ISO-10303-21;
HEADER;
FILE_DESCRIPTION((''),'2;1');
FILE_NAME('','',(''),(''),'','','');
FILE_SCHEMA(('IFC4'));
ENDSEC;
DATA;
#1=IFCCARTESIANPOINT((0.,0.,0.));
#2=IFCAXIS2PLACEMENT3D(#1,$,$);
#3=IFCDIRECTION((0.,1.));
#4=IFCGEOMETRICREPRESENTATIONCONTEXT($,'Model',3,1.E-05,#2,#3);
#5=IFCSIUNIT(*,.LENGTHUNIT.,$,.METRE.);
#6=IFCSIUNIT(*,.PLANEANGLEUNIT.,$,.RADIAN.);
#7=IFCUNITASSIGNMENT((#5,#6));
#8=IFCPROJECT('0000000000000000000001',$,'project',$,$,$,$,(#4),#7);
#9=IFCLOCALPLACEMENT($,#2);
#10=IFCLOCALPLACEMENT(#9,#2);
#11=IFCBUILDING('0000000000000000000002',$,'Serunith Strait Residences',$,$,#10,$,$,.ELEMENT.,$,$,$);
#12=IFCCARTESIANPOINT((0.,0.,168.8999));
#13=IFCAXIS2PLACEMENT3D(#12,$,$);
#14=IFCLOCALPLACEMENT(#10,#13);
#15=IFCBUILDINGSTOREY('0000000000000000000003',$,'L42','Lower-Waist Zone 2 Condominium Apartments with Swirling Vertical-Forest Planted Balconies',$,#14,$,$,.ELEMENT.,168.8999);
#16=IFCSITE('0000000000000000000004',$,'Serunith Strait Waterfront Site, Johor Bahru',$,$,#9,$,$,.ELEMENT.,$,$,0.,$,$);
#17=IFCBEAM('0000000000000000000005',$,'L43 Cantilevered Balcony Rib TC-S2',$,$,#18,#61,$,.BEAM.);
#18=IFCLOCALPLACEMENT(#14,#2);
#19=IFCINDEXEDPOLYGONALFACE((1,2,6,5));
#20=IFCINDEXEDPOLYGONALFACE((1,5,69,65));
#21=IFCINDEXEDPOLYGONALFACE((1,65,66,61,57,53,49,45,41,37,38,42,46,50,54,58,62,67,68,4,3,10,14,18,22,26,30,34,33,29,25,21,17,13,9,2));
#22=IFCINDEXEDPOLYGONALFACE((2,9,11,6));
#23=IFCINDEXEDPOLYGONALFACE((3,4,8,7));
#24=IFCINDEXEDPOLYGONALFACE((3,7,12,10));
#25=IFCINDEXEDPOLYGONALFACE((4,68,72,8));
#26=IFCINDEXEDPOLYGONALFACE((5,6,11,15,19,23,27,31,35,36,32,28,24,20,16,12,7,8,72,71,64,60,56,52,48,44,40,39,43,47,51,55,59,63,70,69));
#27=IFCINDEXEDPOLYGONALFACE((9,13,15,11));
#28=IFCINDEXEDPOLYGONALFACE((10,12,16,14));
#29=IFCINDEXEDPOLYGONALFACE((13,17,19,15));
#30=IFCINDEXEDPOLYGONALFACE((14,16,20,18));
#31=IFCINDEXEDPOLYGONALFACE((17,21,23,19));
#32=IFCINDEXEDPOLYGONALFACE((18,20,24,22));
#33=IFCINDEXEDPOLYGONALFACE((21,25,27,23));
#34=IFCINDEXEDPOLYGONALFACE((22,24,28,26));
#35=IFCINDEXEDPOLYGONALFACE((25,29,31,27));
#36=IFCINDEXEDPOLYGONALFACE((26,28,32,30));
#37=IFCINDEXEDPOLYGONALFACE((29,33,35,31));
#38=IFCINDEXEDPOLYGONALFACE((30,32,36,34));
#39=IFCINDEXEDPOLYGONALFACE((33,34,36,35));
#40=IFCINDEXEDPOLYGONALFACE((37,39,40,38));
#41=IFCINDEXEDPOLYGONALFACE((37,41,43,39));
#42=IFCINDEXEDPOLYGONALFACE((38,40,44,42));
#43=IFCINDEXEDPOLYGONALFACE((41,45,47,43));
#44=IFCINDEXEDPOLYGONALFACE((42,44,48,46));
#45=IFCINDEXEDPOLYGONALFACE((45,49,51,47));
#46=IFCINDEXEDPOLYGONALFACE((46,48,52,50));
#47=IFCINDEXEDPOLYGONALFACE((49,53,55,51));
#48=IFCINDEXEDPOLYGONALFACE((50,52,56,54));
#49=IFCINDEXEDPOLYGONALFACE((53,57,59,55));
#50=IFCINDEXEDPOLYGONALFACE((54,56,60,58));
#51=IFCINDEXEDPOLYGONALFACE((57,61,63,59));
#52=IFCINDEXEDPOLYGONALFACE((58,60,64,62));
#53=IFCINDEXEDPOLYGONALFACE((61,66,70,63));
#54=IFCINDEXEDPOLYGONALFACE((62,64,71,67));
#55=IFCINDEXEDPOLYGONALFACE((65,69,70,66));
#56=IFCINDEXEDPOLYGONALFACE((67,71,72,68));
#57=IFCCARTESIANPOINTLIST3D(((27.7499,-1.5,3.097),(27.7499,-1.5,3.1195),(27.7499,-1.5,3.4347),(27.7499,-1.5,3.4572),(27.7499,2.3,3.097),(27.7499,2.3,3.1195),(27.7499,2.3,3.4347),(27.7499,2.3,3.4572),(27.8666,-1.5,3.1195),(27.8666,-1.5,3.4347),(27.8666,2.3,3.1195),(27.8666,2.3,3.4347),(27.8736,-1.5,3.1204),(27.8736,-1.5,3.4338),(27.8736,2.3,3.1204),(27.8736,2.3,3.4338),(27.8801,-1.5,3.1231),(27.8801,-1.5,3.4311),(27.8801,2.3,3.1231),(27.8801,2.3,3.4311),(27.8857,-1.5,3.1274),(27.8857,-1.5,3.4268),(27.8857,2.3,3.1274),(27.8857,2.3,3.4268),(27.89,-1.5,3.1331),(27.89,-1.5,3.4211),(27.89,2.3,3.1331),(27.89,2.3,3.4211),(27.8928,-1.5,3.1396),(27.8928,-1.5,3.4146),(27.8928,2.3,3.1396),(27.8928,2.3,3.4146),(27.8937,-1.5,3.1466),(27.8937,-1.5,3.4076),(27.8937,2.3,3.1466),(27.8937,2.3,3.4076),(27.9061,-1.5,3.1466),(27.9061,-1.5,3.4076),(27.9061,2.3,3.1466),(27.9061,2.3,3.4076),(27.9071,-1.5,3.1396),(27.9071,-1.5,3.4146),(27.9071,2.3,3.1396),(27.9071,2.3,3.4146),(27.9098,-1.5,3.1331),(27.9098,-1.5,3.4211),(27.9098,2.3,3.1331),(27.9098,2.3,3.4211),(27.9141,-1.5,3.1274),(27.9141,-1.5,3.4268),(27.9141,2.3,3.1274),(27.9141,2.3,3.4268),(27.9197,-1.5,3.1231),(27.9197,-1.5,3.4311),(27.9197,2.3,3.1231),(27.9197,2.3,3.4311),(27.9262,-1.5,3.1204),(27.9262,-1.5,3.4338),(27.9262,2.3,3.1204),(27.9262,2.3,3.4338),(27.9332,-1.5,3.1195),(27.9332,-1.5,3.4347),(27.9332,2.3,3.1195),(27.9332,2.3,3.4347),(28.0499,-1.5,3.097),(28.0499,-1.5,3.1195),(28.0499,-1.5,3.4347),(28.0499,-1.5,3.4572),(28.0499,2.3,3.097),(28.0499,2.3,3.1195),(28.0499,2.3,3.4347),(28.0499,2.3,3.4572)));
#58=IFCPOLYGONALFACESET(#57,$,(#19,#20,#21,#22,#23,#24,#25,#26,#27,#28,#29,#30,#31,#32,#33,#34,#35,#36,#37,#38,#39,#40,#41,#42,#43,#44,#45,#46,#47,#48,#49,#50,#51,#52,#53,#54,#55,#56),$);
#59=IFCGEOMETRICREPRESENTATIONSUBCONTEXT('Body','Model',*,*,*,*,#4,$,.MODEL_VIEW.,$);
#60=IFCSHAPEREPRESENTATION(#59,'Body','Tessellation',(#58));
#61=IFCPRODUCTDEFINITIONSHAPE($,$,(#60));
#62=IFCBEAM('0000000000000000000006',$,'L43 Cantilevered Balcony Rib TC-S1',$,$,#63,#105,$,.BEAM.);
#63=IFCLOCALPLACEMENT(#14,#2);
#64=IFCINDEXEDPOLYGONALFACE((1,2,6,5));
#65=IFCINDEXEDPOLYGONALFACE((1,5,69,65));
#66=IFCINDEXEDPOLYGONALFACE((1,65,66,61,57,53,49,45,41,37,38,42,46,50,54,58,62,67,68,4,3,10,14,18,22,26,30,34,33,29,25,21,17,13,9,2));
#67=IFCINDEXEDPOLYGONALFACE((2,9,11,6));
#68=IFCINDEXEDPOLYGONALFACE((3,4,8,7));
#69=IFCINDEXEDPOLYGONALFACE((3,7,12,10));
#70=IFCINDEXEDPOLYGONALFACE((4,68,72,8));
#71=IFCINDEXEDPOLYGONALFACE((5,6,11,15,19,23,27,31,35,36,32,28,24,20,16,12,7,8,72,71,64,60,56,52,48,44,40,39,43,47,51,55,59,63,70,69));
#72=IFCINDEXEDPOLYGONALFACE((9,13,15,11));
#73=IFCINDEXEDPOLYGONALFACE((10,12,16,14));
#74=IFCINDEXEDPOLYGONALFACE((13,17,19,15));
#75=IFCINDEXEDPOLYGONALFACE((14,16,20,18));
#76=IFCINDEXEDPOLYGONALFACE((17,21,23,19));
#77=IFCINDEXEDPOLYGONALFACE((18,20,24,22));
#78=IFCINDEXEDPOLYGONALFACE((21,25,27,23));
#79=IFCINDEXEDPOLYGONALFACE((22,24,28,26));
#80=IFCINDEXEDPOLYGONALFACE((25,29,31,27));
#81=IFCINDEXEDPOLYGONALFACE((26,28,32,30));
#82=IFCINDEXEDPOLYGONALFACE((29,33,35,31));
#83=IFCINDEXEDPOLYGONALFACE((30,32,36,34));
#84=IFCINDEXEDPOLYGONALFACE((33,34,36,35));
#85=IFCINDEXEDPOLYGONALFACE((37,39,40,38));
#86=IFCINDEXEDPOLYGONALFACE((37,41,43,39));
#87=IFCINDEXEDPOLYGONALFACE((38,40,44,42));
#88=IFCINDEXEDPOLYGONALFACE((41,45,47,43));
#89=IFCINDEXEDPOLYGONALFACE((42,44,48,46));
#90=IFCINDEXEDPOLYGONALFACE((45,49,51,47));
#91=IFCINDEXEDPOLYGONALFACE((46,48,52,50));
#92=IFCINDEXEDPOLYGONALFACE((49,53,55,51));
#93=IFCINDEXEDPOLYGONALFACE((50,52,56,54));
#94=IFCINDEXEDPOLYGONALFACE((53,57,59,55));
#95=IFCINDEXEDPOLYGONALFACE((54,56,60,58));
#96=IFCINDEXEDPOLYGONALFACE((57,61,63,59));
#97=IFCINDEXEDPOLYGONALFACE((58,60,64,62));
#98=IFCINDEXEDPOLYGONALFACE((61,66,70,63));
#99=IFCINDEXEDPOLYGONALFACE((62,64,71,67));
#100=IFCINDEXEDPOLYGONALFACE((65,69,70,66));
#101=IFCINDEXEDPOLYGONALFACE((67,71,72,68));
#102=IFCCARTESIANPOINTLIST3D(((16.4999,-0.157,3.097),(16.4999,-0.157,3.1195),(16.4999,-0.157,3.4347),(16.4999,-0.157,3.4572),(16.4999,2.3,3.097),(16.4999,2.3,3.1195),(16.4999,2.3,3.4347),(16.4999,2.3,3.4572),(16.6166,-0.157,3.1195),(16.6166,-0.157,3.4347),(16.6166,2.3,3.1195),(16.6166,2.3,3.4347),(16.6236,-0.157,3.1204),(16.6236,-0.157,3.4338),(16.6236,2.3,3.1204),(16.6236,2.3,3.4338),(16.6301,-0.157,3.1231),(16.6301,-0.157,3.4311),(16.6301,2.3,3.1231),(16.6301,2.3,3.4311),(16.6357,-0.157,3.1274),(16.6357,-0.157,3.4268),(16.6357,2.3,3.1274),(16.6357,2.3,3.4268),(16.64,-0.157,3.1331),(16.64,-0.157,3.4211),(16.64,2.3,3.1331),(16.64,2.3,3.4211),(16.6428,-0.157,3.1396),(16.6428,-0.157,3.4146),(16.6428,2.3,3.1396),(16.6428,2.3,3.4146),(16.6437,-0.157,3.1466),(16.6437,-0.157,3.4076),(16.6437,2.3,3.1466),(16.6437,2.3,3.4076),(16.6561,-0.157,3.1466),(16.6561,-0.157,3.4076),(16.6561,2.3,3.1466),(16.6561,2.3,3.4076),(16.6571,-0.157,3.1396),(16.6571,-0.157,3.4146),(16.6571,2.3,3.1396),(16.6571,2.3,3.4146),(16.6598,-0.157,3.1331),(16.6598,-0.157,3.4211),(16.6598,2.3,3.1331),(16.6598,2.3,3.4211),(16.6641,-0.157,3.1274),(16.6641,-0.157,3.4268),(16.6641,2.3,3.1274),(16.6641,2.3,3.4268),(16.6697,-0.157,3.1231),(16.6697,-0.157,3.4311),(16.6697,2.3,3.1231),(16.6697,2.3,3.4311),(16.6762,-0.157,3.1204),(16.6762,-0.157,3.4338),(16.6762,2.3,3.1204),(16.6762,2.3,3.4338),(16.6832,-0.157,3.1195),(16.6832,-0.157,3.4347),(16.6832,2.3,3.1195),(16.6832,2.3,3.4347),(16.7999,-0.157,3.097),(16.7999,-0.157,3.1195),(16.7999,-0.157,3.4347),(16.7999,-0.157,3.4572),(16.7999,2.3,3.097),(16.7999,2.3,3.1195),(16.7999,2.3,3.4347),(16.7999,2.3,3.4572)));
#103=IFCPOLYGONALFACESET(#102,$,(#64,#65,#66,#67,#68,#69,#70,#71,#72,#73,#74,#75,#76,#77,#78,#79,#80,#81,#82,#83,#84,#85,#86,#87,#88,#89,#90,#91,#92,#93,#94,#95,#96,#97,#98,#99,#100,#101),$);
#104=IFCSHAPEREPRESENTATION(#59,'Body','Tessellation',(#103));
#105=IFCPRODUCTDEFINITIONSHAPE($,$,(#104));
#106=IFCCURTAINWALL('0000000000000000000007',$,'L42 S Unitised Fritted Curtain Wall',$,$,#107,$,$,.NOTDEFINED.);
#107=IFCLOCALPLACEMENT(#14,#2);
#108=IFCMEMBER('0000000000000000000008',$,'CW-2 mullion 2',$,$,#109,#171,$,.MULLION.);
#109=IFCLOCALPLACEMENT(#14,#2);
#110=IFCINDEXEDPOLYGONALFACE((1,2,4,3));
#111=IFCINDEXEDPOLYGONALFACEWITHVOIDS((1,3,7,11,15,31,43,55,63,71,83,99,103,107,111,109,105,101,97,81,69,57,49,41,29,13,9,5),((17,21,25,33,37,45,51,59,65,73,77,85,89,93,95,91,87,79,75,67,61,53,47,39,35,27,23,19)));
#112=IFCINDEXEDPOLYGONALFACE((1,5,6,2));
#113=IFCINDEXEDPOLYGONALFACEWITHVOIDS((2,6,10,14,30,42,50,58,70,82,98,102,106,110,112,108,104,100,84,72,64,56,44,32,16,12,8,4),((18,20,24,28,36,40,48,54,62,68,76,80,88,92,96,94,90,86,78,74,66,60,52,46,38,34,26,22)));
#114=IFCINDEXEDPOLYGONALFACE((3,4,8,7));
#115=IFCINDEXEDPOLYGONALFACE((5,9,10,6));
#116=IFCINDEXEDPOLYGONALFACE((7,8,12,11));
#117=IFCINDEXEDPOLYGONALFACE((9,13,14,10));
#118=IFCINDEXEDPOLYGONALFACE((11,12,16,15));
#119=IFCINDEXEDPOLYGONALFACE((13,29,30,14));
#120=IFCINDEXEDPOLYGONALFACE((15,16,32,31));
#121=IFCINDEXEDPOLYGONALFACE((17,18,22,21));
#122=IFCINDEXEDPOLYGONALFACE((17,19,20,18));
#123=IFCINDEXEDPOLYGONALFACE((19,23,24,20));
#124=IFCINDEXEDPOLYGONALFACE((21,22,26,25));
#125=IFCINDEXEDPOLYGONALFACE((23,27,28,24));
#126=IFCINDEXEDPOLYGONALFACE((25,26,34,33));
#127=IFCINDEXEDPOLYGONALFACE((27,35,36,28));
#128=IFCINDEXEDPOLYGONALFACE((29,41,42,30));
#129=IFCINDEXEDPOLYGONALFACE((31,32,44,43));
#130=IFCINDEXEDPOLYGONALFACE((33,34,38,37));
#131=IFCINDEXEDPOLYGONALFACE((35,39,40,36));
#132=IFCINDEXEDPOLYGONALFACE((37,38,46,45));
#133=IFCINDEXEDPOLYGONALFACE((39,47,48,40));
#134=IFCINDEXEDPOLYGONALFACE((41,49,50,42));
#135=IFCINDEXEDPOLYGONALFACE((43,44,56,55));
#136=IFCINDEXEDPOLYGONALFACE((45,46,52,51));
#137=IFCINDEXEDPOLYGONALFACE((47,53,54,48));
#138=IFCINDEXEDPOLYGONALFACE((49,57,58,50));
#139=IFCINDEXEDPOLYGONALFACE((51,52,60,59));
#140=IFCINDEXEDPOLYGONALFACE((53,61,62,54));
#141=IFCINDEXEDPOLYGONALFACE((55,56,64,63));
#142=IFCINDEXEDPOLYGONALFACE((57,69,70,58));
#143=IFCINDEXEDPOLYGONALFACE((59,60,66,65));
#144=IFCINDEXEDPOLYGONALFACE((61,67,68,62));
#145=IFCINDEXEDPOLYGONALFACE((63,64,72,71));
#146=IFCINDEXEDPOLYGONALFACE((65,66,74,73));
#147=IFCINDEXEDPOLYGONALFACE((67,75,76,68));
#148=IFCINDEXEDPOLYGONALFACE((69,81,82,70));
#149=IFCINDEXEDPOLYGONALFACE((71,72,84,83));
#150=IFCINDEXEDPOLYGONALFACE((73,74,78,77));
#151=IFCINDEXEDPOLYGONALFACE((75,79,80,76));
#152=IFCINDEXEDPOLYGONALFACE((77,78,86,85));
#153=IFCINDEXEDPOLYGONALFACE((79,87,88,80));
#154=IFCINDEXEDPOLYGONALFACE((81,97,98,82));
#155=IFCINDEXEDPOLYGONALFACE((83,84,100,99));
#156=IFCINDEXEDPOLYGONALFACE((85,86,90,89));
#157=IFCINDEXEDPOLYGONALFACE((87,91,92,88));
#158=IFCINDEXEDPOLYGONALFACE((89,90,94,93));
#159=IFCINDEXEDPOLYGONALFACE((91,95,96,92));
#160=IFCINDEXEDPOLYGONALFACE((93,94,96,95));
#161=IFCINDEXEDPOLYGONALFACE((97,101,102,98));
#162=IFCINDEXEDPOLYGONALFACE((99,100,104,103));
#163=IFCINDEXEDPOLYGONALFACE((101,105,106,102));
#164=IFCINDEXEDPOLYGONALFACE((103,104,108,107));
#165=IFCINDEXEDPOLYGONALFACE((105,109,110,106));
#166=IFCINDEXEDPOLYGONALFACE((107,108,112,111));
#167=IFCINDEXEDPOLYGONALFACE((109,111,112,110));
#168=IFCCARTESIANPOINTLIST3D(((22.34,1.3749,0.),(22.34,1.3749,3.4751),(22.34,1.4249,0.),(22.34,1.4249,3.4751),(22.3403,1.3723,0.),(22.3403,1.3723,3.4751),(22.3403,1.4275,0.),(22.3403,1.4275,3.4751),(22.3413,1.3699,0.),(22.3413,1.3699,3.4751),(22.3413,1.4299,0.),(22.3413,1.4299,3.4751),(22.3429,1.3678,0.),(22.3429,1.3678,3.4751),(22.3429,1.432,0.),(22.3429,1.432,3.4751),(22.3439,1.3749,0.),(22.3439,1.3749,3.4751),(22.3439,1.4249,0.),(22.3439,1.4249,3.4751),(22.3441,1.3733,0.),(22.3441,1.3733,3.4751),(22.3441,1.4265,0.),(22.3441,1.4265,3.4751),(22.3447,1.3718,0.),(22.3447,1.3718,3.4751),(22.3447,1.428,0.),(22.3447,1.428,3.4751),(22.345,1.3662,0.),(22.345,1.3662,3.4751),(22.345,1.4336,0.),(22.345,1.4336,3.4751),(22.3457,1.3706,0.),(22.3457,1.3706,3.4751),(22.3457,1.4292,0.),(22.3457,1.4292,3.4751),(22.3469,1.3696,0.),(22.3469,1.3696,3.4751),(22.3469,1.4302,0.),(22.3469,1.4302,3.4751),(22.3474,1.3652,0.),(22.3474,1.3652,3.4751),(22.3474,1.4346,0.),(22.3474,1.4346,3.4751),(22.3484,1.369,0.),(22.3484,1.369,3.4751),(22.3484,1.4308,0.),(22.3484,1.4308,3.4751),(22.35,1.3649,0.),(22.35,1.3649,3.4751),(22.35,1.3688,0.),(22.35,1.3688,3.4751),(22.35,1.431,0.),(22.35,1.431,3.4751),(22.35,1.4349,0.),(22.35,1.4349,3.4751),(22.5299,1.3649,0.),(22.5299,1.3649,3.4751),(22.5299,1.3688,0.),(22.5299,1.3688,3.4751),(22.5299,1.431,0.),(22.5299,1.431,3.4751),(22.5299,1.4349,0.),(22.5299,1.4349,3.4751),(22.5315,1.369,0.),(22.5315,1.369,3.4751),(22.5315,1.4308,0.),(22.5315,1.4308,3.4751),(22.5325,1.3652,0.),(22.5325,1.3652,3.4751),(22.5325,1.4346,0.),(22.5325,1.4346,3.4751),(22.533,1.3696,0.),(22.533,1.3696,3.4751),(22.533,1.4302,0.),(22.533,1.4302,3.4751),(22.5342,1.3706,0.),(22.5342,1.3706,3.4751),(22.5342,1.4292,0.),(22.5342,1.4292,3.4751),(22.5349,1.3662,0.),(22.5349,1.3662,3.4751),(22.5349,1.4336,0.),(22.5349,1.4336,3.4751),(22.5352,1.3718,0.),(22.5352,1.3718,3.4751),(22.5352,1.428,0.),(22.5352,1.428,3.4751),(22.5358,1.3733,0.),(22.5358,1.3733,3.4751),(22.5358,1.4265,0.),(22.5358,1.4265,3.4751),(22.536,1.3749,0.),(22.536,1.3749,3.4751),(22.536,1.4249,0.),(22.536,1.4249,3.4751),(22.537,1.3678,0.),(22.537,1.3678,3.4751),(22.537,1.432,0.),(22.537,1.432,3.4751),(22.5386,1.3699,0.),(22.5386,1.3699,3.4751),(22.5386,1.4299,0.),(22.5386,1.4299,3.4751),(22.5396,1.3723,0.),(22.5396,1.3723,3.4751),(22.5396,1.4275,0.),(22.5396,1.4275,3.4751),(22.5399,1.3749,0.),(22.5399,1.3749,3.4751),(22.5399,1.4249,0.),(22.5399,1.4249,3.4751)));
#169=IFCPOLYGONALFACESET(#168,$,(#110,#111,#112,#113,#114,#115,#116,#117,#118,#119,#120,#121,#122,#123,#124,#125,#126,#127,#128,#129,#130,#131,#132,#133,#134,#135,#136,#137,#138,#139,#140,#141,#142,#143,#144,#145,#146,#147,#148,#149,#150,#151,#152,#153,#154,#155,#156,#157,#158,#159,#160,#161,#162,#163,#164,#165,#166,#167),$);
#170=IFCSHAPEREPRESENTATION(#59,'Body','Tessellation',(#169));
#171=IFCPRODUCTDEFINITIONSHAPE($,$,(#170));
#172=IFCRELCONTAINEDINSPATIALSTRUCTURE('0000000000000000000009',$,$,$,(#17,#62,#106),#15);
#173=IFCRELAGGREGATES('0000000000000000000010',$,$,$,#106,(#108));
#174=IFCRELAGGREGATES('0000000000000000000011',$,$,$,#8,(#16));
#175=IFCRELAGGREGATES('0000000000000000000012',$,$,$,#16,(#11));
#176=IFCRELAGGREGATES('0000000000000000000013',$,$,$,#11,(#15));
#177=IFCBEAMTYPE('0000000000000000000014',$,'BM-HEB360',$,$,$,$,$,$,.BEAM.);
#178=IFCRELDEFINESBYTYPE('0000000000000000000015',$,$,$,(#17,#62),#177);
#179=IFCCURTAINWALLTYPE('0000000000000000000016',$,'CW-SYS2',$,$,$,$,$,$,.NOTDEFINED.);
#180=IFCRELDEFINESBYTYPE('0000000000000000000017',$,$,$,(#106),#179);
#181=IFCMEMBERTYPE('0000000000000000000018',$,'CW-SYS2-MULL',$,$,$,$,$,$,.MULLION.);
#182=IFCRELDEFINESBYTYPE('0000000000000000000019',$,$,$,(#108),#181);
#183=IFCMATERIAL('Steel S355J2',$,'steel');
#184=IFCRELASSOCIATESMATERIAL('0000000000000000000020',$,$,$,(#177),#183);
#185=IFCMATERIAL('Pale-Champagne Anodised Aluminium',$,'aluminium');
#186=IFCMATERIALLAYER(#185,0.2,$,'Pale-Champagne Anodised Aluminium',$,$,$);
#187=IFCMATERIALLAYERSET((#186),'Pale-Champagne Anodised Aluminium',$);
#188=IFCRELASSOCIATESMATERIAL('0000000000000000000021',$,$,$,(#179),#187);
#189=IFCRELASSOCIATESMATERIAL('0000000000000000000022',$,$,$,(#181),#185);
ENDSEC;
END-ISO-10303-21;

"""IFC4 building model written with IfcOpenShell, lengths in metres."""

from ifc_helpers import new_model, si_unit, direction, frame, origin, origin_2d, place, context, subcontext, project, spatial, hollow_rectangle, i_section, extrude, source, transform, mapped, material, layer, layer_set, material_profile, profile_set, type_object, element, aggregate, save


model = new_model("IFC4")

# Units and contexts
model_context = context("Model", 3, precision=1e-05, world=origin(), true_north=direction((0.0, 1.0)))
body_context = subcontext(model_context, "Body", "Model", "MODEL_VIEW")
ifc_project = project(units=[si_unit("LENGTHUNIT", "METRE"), si_unit("PLANEANGLEUNIT", "RADIAN")], contexts=[model_context])

# Site, building, storey
site_placement = place(None, origin())
site = spatial("IfcSite", under=ifc_project, at=site_placement, Name="Serunith Strait Waterfront Site, Johor Bahru", CompositionType="ELEMENT", RefElevation=0.0)
building_placement = place(site_placement, origin())
building = spatial("IfcBuilding", under=site, at=building_placement, Name="Serunith Strait Residences", CompositionType="ELEMENT")
storey_placement = place(building_placement, frame((0.0, 0.0, 168.8999)))
storey = spatial("IfcBuildingStorey", under=building, at=storey_placement, Name="L42", Description="Lower-Waist Zone 2 Condominium Apartments with Swirling Vertical-Forest Planted Balconies", CompositionType="ELEMENT", Elevation=168.8999)

# Beams
ifc_material_1 = material(Name="Steel S355J2", Category="steel")
ifc_material_profile_1 = material_profile(ifc_material_1, i_section(OverallWidth=0.3, OverallDepth=0.3601, WebThickness=0.0125, FlangeThickness=0.0225, FilletRadius=0.0271, at=origin_2d()), Name="HEB 360")
ifc_profile_set_1 = profile_set([ifc_material_profile_1], Name="Steel S355J2")
beam_type_1 = type_object("IfcBeamType", Name="BM-HEB360", PredefinedType="BEAM", material=ifc_profile_set_1)
shared_shape_1 = source(origin(), body_context, "Body", "SweptSolid", [
    extrude(i_section(OverallWidth=0.3, OverallDepth=0.3601, WebThickness=0.0125, FlangeThickness=0.0225, FilletRadius=0.0271, at=origin_2d()), origin(), (0.0, 0.0, 1.0), 3.8),
])
beam_1_placement = place(storey_placement, frame((27.8999, 2.3, 3.2771), z_axis=(0.0, -1.0, 0.0), x_axis=(1.0, 0.0, 0.0)))
element("IfcBeam", 1, at=beam_1_placement, inside=storey, type_object=beam_type_1, Name="L43 Cantilevered Balcony Rib TC-S2", PredefinedType="BEAM", context=body_context, shape_type="MappedRepresentation", body=[
    mapped(shared_shape_1, transform((0.0, 0.0, 0.0), scale=1.0)),
])
shared_shape_2 = source(origin(), body_context, "Body", "SweptSolid", [
    extrude(i_section(OverallWidth=0.3, OverallDepth=0.3601, WebThickness=0.0125, FlangeThickness=0.0225, FilletRadius=0.0271, at=origin_2d()), origin(), (0.0, 0.0, 1.0), 2.457),
])
beam_2_placement = place(storey_placement, frame((16.6499, 2.3, 3.2771), z_axis=(0.0, -1.0, 0.0), x_axis=(1.0, 0.0, 0.0)))
element("IfcBeam", 2, at=beam_2_placement, inside=storey, type_object=beam_type_1, Name="L43 Cantilevered Balcony Rib TC-S1", PredefinedType="BEAM", context=body_context, shape_type="MappedRepresentation", body=[
    mapped(shared_shape_2, transform((0.0, 0.0, 0.0), scale=1.0)),
])

# Curtain wall, member
ifc_material_2 = material(Name="Pale-Champagne Anodised Aluminium", Category="aluminium")
ifc_layer_1 = layer(ifc_material_2, 0.2, Name="Pale-Champagne Anodised Aluminium")
ifc_layer_set_1 = layer_set([ifc_layer_1], Name="Pale-Champagne Anodised Aluminium")
curtain_wall_type = type_object("IfcCurtainWallType", Name="CW-SYS2", PredefinedType="NOTDEFINED", material=ifc_layer_set_1)
curtain_wall_placement = place(storey_placement, origin())
curtain_wall = element("IfcCurtainWall", 3, at=curtain_wall_placement, inside=storey, type_object=curtain_wall_type, Name="L42 S Unitised Fritted Curtain Wall", PredefinedType="NOTDEFINED")
ifc_material_profile_2 = material_profile(ifc_material_2, hollow_rectangle(XDim=0.0701, YDim=0.2, WallThickness=0.0039, InnerFilletRadius=0.0061, OuterFilletRadius=0.01, at=origin_2d()), Name="ALU 200x70x4")
ifc_profile_set_2 = profile_set([ifc_material_profile_2], Name="Pale-Champagne Anodised Aluminium")
member_type_1 = type_object("IfcMemberType", Name="CW-SYS2-MULL", PredefinedType="MULLION", material=ifc_profile_set_2)
shared_shape_3 = source(origin(), body_context, "Body", "SweptSolid", [
    extrude(hollow_rectangle(XDim=0.0701, YDim=0.2, WallThickness=0.0039, InnerFilletRadius=0.0061, OuterFilletRadius=0.01, at=origin_2d()), origin(), (0.0, 0.0, 1.0), 3.4751),
])
member_1_placement = place(storey_placement, frame((22.4399, 1.3999, 0.0), z_axis=(0.0, 0.0, 1.0), x_axis=(0.0, 1.0, 0.0)))
member_1 = element("IfcMember", 4, at=member_1_placement, type_object=member_type_1, Name="CW-2 mullion 2", PredefinedType="MULLION", context=body_context, shape_type="MappedRepresentation", body=[
    mapped(shared_shape_3, transform((0.0, 0.0, 0.0), scale=1.0)),
])
aggregate(curtain_wall, [member_1])

save(model, "model.ifc")
